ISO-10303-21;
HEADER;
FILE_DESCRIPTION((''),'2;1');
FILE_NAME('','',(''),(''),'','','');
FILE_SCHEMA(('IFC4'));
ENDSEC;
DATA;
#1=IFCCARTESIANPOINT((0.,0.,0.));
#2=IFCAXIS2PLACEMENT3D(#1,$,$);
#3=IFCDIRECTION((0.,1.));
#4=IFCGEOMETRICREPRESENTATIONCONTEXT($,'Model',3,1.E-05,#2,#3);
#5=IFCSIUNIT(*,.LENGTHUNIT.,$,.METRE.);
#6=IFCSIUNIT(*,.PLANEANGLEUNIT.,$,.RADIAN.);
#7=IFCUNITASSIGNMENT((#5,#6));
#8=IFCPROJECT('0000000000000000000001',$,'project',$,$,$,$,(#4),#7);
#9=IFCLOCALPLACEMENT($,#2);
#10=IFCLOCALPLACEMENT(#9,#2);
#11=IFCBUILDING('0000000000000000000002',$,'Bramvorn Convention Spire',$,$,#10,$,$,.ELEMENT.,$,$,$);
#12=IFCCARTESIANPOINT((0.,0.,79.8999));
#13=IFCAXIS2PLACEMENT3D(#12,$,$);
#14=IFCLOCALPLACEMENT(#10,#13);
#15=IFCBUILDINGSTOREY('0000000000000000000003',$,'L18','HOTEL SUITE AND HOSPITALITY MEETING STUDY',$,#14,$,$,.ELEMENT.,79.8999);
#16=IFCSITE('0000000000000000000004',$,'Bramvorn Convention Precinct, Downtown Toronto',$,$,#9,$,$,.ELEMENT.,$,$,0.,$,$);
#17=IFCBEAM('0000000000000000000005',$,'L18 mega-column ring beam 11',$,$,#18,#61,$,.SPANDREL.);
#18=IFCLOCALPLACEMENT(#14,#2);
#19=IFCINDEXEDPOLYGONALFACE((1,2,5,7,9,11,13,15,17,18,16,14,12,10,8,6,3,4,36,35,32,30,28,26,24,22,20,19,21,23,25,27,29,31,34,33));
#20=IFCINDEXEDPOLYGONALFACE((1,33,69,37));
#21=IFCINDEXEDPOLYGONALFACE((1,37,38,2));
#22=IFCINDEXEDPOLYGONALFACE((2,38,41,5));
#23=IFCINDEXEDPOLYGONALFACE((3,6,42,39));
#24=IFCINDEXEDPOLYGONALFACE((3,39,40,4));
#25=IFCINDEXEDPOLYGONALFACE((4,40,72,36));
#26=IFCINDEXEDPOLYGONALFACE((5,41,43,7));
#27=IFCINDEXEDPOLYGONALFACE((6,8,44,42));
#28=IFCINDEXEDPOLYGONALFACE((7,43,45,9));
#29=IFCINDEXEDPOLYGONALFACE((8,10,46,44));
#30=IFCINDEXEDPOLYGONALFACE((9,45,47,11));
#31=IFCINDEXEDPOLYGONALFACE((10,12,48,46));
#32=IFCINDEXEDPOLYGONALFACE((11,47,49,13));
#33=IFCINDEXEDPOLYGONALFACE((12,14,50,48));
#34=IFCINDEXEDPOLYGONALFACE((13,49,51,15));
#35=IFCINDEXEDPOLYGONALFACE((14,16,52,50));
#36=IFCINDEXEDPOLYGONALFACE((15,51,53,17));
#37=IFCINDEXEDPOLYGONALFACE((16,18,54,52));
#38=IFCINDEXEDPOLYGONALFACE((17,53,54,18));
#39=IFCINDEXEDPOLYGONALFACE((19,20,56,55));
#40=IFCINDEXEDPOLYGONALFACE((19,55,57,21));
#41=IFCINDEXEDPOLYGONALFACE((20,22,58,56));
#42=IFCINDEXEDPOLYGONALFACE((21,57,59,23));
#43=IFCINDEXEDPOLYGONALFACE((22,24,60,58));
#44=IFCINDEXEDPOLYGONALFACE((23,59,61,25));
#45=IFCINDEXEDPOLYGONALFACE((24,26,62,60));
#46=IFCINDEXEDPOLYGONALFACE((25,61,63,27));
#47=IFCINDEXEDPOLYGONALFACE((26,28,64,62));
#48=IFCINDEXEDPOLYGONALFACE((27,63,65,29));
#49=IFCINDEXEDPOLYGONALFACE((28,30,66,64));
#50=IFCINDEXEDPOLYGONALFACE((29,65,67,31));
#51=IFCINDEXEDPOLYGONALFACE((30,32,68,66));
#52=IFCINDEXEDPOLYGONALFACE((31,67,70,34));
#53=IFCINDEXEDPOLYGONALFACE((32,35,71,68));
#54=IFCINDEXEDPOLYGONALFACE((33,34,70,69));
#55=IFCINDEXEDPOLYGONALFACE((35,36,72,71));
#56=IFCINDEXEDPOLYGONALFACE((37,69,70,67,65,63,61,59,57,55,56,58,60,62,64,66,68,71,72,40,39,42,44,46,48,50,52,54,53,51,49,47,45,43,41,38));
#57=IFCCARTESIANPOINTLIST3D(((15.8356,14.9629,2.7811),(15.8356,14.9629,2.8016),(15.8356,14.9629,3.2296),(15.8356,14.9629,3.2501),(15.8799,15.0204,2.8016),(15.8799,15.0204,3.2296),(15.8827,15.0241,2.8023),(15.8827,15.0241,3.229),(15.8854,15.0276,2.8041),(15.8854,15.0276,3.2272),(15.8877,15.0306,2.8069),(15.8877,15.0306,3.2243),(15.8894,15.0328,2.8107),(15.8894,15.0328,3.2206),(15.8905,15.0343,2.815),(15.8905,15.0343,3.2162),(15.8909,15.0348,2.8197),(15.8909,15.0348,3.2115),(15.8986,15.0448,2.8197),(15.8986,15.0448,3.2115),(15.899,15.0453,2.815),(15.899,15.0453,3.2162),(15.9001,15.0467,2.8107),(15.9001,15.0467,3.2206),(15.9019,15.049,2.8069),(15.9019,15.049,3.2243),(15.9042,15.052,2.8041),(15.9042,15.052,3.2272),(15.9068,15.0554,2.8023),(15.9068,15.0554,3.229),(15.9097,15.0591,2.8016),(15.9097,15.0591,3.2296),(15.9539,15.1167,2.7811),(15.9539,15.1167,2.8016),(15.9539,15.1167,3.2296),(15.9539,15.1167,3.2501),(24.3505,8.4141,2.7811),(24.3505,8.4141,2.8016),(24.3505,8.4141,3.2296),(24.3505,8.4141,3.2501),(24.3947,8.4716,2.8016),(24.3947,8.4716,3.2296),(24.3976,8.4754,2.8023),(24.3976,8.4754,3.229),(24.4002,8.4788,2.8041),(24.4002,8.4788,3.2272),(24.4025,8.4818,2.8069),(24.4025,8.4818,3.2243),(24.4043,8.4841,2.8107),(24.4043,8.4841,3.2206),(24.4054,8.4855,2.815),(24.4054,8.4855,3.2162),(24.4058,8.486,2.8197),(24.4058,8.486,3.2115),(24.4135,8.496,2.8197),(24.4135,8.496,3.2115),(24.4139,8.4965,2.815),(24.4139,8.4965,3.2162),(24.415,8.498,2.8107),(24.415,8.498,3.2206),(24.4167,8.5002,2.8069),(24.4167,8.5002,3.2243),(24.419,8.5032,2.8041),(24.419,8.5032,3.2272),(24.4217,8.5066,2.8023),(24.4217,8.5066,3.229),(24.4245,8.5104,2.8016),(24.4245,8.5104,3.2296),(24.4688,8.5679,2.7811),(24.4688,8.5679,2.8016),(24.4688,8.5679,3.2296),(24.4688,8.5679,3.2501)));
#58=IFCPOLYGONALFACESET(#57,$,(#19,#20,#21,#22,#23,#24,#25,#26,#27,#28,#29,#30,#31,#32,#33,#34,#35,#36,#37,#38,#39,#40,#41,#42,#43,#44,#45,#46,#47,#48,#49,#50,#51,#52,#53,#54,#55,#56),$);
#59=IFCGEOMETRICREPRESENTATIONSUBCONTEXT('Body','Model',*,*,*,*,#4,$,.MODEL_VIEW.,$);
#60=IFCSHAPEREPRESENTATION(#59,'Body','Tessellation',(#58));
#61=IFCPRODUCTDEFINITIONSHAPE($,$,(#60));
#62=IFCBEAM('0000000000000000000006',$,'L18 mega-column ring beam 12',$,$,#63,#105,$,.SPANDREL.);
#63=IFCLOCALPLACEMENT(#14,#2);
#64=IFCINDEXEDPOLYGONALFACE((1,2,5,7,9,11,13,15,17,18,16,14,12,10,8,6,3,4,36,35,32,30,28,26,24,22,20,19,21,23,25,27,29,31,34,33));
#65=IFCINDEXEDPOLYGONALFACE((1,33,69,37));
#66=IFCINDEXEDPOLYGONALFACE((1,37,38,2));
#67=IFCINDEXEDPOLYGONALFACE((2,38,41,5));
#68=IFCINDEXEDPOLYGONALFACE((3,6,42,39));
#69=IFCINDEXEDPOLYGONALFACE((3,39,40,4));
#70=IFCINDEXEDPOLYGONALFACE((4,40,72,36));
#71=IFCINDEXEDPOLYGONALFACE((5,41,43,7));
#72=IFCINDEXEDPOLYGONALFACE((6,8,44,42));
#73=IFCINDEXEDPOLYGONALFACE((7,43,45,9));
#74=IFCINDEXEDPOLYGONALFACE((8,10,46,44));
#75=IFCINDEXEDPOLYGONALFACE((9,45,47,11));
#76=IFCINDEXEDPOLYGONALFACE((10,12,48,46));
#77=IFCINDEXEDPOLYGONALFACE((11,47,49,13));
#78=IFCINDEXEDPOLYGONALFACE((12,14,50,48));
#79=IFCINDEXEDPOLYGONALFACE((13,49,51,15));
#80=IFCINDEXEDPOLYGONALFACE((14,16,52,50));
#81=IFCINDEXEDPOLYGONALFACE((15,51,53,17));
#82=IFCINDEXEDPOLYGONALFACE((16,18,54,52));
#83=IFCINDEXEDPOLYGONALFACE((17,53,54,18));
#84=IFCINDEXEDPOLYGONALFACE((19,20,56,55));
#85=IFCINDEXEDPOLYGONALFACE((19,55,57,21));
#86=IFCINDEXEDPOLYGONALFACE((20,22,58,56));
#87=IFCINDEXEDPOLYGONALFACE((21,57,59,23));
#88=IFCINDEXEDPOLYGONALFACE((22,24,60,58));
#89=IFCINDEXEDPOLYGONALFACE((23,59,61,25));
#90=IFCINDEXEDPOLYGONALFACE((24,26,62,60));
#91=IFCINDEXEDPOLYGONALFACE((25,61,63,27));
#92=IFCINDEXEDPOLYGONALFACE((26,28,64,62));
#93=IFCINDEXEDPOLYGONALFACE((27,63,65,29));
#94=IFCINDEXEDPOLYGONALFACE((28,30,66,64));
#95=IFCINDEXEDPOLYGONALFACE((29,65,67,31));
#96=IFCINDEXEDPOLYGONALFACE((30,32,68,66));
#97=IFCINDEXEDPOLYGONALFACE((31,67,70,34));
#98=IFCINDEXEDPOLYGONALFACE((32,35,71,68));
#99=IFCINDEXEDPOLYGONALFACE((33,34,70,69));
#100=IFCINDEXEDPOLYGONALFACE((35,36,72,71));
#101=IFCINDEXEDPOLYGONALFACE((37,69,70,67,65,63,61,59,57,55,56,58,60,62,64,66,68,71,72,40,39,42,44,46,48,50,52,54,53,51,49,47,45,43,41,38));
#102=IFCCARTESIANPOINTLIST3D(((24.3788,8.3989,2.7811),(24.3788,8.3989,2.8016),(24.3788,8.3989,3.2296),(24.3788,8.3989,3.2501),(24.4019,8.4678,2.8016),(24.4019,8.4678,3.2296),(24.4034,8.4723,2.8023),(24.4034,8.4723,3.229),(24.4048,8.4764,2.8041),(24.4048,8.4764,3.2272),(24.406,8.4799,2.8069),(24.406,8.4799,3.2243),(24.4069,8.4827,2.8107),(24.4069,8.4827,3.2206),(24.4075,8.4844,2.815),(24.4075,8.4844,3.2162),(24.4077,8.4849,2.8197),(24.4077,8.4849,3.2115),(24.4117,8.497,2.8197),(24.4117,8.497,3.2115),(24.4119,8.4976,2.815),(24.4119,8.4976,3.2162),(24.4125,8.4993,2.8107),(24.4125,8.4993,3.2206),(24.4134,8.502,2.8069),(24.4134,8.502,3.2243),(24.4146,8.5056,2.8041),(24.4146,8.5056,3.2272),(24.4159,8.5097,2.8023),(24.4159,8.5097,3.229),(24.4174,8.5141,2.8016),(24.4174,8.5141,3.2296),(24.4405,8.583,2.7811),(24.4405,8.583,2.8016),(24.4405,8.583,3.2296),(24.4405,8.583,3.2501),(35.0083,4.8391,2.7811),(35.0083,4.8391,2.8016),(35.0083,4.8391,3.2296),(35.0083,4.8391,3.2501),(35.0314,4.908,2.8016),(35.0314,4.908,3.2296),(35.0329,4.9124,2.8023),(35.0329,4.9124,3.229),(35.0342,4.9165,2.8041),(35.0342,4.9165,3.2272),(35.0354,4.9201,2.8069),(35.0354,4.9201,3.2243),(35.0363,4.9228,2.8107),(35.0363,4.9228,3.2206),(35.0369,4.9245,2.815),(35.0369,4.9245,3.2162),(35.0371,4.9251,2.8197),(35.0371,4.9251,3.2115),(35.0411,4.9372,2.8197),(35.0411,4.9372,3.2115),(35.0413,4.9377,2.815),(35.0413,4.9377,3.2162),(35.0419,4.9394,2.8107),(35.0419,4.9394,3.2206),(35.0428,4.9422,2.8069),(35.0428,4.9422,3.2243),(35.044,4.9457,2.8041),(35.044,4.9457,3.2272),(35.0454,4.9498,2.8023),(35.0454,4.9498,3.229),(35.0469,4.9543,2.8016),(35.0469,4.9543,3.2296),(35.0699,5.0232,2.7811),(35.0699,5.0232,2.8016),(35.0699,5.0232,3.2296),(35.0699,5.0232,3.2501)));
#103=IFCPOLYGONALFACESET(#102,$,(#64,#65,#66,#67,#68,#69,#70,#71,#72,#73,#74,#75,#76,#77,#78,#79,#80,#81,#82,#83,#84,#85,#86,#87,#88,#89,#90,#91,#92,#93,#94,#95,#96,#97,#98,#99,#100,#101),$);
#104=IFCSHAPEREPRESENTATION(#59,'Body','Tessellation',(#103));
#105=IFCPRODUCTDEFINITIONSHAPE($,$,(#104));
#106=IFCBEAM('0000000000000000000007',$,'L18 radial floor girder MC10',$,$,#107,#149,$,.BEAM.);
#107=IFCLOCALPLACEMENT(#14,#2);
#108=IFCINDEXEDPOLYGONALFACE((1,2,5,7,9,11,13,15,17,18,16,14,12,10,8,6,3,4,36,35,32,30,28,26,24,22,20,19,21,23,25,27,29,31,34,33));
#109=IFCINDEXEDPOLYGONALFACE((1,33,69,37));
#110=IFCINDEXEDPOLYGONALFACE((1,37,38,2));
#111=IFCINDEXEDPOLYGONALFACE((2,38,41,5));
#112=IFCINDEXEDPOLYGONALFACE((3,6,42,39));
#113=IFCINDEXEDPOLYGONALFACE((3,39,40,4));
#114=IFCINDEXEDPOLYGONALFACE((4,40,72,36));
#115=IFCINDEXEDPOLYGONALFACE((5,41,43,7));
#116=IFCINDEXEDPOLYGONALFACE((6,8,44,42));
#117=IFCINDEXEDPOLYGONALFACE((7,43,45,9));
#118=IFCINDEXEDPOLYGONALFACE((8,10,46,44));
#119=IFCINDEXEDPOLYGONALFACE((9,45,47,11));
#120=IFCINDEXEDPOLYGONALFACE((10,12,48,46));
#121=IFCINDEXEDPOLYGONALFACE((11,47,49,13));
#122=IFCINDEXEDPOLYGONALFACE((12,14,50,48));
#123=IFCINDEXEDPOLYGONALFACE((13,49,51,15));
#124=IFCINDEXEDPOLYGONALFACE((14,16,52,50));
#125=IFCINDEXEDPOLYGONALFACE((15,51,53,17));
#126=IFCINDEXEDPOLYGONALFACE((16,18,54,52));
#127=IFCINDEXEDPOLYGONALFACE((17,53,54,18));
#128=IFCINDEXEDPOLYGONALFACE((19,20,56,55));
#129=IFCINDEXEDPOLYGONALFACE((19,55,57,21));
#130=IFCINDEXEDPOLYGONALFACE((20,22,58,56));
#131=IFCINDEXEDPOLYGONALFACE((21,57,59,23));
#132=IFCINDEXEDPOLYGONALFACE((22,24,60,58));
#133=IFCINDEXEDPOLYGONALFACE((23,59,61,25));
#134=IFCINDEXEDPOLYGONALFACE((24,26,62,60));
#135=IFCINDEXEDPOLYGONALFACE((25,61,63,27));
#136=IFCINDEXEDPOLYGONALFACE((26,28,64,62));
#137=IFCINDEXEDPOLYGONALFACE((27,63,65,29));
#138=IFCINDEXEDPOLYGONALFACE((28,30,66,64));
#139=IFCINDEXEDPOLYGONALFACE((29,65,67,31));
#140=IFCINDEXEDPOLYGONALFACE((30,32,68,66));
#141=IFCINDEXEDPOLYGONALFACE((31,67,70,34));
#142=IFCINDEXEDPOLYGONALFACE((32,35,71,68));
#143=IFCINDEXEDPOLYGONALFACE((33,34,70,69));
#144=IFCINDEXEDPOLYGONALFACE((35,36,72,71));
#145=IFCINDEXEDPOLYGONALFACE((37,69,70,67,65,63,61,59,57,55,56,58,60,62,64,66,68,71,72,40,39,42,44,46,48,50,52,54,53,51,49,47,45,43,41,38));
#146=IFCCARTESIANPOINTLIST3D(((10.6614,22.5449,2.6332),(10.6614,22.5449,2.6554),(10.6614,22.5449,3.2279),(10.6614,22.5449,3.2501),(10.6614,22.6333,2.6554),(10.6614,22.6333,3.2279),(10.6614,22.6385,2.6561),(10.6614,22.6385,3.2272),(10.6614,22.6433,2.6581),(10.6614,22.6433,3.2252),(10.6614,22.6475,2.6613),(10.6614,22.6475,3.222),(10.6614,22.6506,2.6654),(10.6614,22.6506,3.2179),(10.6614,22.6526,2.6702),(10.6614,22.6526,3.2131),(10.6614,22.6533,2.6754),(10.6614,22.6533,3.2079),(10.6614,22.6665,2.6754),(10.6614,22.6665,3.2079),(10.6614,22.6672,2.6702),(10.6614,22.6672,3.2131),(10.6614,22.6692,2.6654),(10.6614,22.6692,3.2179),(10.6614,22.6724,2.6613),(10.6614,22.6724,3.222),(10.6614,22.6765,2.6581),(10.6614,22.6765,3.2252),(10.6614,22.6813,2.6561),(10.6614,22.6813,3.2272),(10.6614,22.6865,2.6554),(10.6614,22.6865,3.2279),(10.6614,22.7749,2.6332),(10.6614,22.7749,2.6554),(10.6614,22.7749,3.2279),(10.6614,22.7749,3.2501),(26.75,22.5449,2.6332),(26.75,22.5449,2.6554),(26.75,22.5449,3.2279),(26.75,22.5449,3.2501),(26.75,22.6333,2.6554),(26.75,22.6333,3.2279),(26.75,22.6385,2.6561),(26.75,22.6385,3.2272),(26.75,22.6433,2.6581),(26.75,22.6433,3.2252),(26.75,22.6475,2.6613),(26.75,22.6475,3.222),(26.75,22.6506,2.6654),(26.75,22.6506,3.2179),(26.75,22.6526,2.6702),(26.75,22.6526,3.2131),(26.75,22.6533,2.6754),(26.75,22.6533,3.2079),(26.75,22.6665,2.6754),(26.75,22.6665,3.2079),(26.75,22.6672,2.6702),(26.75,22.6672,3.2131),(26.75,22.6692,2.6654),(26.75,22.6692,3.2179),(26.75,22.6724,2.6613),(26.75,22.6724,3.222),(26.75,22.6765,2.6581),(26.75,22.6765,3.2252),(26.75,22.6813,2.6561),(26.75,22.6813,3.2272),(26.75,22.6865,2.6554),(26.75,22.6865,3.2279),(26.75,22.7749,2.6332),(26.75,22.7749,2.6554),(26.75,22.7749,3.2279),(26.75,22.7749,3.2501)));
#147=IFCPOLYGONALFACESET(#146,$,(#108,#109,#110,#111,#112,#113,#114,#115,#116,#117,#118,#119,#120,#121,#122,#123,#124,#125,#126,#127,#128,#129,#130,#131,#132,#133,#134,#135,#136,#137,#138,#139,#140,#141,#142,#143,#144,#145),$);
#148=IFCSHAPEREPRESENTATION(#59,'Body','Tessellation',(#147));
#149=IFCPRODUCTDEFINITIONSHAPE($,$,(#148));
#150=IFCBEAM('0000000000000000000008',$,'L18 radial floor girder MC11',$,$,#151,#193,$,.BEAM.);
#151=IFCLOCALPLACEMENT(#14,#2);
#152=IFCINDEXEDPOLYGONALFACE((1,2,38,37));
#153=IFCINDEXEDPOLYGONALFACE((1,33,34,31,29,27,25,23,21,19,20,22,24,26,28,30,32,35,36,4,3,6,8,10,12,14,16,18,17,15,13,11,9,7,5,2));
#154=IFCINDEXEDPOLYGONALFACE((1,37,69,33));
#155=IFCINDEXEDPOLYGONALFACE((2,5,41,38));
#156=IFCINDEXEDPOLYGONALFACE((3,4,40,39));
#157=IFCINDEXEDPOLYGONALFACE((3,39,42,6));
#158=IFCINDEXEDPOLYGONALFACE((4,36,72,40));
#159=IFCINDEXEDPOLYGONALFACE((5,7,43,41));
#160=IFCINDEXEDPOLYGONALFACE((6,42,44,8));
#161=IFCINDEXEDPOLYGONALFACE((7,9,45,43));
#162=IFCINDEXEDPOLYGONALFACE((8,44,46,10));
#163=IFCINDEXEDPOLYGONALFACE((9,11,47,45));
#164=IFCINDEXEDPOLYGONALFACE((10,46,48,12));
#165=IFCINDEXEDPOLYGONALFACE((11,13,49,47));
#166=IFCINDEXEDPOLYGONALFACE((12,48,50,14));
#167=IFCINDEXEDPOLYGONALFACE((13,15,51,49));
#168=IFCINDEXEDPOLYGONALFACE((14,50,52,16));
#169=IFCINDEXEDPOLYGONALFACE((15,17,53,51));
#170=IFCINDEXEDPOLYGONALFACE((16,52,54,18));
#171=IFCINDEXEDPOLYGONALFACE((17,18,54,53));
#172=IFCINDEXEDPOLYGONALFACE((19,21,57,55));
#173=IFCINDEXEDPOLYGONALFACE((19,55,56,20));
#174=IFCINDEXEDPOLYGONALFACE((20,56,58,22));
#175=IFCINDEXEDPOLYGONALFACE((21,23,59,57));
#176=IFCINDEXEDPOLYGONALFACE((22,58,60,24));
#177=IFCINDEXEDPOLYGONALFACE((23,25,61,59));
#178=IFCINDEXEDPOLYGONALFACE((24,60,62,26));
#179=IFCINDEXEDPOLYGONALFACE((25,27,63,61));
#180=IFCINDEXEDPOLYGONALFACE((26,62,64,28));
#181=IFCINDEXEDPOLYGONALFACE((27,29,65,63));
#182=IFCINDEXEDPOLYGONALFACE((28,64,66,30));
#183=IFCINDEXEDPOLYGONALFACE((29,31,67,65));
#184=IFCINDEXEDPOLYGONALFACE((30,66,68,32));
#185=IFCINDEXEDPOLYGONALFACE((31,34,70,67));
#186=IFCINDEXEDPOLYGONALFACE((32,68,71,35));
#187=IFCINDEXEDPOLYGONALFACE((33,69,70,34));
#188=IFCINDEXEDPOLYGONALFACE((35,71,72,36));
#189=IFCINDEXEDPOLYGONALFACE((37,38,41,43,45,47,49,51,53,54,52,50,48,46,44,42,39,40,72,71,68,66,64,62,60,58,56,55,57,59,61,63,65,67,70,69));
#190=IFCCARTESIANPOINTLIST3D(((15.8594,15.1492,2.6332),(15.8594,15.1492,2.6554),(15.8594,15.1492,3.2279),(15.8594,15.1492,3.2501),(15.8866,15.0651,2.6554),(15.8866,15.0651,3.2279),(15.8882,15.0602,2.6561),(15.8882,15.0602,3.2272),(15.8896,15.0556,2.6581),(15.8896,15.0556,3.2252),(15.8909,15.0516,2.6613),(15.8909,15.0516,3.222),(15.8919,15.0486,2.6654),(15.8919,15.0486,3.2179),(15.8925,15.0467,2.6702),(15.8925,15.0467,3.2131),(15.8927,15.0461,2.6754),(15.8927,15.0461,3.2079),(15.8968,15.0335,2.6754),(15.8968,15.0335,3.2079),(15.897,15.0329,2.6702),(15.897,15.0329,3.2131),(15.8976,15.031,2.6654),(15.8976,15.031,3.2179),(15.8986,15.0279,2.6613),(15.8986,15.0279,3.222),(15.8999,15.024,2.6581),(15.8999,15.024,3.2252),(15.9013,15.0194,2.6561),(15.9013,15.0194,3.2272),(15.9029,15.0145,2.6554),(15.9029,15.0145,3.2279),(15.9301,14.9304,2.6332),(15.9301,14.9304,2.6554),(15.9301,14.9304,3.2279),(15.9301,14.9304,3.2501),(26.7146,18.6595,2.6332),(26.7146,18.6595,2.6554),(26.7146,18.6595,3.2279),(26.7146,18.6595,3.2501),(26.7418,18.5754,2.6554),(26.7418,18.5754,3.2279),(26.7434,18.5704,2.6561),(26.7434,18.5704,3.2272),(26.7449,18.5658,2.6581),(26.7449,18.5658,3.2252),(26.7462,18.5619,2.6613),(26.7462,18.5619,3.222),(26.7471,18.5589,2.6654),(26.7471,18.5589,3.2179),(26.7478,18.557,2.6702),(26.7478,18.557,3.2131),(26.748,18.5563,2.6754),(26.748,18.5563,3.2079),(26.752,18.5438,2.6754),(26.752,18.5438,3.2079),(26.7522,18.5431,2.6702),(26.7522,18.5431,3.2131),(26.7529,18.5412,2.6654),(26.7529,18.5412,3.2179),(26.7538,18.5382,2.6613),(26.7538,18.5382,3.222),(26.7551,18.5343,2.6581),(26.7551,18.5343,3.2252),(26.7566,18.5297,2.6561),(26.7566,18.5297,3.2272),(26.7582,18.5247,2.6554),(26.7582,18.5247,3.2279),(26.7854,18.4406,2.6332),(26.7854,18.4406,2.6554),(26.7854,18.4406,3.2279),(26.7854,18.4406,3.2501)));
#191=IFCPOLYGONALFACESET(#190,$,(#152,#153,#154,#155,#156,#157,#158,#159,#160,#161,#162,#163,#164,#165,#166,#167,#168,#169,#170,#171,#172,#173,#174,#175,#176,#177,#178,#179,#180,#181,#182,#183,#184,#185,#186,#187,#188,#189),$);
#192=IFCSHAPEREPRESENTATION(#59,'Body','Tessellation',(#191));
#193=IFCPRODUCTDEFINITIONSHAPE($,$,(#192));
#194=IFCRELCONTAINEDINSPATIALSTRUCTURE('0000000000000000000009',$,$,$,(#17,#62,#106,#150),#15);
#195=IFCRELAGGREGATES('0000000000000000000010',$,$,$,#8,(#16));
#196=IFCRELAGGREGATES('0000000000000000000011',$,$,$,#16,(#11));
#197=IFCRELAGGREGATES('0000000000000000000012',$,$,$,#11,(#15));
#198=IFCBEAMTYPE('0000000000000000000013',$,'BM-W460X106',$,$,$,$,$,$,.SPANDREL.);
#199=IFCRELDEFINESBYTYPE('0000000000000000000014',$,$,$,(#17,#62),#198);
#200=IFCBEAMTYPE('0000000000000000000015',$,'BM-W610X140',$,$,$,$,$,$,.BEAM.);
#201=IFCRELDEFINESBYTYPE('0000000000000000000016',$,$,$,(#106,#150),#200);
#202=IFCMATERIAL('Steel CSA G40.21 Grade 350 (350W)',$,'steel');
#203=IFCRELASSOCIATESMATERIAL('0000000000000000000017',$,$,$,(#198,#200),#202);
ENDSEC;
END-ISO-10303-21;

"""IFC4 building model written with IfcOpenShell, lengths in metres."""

from ifc_helpers import new_model, si_unit, direction, frame, origin, origin_2d, place, context, subcontext, project, spatial, i_section, extrude, material, material_profile, profile_set, type_object, element, save


model = new_model("IFC4")

# Units and contexts
model_context = context("Model", 3, precision=1e-05, world=origin(), true_north=direction((0.0, 1.0)))
body_context = subcontext(model_context, "Body", "Model", "MODEL_VIEW")
ifc_project = project(units=[si_unit("LENGTHUNIT", "METRE"), si_unit("PLANEANGLEUNIT", "RADIAN")], contexts=[model_context])

# Site, building, storey
site_placement = place(None, origin())
site = spatial("IfcSite", under=ifc_project, at=site_placement, Name="Bramvorn Convention Precinct, Downtown Toronto", CompositionType="ELEMENT", RefElevation=0.0)
building_placement = place(site_placement, origin())
building = spatial("IfcBuilding", under=site, at=building_placement, Name="Bramvorn Convention Spire", CompositionType="ELEMENT")
storey_placement = place(building_placement, frame((0.0, 0.0, 79.8999)))
storey = spatial("IfcBuildingStorey", under=building, at=storey_placement, Name="L18", Description="HOTEL SUITE AND HOSPITALITY MEETING STUDY", CompositionType="ELEMENT", Elevation=79.8999)

# Shared definitions
ifc_material_1 = material(Name="Steel CSA G40.21 Grade 350 (350W)", Category="steel")

# Beams
ifc_material_profile_1 = material_profile(ifc_material_1, i_section(OverallWidth=0.1941, OverallDepth=0.469, WebThickness=0.0127, FlangeThickness=0.0205, FilletRadius=0.0181, at=origin_2d()))
ifc_profile_set_1 = profile_set([ifc_material_profile_1], Name="Steel CSA G40.21 Grade 350 (350W) - W460X106")
beam_type_1 = type_object("IfcBeamType", Name="BM-W460X106", PredefinedType="SPANDREL", material=ifc_profile_set_1)
beam_1_placement = place(storey_placement, frame((15.8948, 15.0398, 3.0156), z_axis=(0.792673, -0.609647, 0.0), x_axis=(0.609647, 0.792673, 0.0)))
element("IfcBeam", 1, at=beam_1_placement, inside=storey, type_object=beam_type_1, Name="L18 mega-column ring beam 11", PredefinedType="SPANDREL", context=body_context, shape_type="SweptSolid", body=[
    extrude(i_section(OverallWidth=0.1941, OverallDepth=0.469, WebThickness=0.0127, FlangeThickness=0.0205, FilletRadius=0.0181, at=origin_2d()), origin(), (0.0, 0.0, 1.0), 10.7419),
])
beam_2_placement = place(storey_placement, frame((24.4097, 8.491, 3.0156), z_axis=(0.948236, -0.317567, 0.0), x_axis=(0.317567, 0.948236, 0.0)))
element("IfcBeam", 2, at=beam_2_placement, inside=storey, type_object=beam_type_1, Name="L18 mega-column ring beam 12", PredefinedType="SPANDREL", context=body_context, shape_type="SweptSolid", body=[
    extrude(i_section(OverallWidth=0.1941, OverallDepth=0.469, WebThickness=0.0127, FlangeThickness=0.0205, FilletRadius=0.0181, at=origin_2d()), origin(), (0.0, 0.0, 1.0), 11.2097),
])
ifc_material_profile_2 = material_profile(ifc_material_1, i_section(OverallWidth=0.23, OverallDepth=0.6169, WebThickness=0.0132, FlangeThickness=0.0222, FilletRadius=0.02, at=origin_2d()))
ifc_profile_set_2 = profile_set([ifc_material_profile_2], Name="Steel CSA G40.21 Grade 350 (350W) - W610X140")
beam_type_2 = type_object("IfcBeamType", Name="BM-W610X140", PredefinedType="BEAM", material=ifc_profile_set_2)
beam_3_placement = place(storey_placement, frame((26.75, 22.6599, 2.9417), z_axis=(-1.0, 0.0, 0.0), x_axis=(0.0, -1.0, 0.0)))
element("IfcBeam", 3, at=beam_3_placement, inside=storey, type_object=beam_type_2, Name="L18 radial floor girder MC10", PredefinedType="BEAM", context=body_context, shape_type="SweptSolid", body=[
    extrude(i_section(OverallWidth=0.23, OverallDepth=0.6169, WebThickness=0.0132, FlangeThickness=0.0222, FilletRadius=0.02, at=origin_2d()), origin(), (0.0, 0.0, 1.0), 16.0886),
])
beam_4_placement = place(storey_placement, frame((26.75, 18.55, 2.9417), z_axis=(-0.951489, -0.307683, 0.0), x_axis=(0.307683, -0.951489, 0.0)))
element("IfcBeam", 4, at=beam_4_placement, inside=storey, type_object=beam_type_2, Name="L18 radial floor girder MC11", PredefinedType="BEAM", context=body_context, shape_type="SweptSolid", body=[
    extrude(i_section(OverallWidth=0.23, OverallDepth=0.6169, WebThickness=0.0132, FlangeThickness=0.0222, FilletRadius=0.02, at=origin_2d()), origin(), (0.0, 0.0, 1.0), 11.4087),
])

save(model, "model.ifc")
